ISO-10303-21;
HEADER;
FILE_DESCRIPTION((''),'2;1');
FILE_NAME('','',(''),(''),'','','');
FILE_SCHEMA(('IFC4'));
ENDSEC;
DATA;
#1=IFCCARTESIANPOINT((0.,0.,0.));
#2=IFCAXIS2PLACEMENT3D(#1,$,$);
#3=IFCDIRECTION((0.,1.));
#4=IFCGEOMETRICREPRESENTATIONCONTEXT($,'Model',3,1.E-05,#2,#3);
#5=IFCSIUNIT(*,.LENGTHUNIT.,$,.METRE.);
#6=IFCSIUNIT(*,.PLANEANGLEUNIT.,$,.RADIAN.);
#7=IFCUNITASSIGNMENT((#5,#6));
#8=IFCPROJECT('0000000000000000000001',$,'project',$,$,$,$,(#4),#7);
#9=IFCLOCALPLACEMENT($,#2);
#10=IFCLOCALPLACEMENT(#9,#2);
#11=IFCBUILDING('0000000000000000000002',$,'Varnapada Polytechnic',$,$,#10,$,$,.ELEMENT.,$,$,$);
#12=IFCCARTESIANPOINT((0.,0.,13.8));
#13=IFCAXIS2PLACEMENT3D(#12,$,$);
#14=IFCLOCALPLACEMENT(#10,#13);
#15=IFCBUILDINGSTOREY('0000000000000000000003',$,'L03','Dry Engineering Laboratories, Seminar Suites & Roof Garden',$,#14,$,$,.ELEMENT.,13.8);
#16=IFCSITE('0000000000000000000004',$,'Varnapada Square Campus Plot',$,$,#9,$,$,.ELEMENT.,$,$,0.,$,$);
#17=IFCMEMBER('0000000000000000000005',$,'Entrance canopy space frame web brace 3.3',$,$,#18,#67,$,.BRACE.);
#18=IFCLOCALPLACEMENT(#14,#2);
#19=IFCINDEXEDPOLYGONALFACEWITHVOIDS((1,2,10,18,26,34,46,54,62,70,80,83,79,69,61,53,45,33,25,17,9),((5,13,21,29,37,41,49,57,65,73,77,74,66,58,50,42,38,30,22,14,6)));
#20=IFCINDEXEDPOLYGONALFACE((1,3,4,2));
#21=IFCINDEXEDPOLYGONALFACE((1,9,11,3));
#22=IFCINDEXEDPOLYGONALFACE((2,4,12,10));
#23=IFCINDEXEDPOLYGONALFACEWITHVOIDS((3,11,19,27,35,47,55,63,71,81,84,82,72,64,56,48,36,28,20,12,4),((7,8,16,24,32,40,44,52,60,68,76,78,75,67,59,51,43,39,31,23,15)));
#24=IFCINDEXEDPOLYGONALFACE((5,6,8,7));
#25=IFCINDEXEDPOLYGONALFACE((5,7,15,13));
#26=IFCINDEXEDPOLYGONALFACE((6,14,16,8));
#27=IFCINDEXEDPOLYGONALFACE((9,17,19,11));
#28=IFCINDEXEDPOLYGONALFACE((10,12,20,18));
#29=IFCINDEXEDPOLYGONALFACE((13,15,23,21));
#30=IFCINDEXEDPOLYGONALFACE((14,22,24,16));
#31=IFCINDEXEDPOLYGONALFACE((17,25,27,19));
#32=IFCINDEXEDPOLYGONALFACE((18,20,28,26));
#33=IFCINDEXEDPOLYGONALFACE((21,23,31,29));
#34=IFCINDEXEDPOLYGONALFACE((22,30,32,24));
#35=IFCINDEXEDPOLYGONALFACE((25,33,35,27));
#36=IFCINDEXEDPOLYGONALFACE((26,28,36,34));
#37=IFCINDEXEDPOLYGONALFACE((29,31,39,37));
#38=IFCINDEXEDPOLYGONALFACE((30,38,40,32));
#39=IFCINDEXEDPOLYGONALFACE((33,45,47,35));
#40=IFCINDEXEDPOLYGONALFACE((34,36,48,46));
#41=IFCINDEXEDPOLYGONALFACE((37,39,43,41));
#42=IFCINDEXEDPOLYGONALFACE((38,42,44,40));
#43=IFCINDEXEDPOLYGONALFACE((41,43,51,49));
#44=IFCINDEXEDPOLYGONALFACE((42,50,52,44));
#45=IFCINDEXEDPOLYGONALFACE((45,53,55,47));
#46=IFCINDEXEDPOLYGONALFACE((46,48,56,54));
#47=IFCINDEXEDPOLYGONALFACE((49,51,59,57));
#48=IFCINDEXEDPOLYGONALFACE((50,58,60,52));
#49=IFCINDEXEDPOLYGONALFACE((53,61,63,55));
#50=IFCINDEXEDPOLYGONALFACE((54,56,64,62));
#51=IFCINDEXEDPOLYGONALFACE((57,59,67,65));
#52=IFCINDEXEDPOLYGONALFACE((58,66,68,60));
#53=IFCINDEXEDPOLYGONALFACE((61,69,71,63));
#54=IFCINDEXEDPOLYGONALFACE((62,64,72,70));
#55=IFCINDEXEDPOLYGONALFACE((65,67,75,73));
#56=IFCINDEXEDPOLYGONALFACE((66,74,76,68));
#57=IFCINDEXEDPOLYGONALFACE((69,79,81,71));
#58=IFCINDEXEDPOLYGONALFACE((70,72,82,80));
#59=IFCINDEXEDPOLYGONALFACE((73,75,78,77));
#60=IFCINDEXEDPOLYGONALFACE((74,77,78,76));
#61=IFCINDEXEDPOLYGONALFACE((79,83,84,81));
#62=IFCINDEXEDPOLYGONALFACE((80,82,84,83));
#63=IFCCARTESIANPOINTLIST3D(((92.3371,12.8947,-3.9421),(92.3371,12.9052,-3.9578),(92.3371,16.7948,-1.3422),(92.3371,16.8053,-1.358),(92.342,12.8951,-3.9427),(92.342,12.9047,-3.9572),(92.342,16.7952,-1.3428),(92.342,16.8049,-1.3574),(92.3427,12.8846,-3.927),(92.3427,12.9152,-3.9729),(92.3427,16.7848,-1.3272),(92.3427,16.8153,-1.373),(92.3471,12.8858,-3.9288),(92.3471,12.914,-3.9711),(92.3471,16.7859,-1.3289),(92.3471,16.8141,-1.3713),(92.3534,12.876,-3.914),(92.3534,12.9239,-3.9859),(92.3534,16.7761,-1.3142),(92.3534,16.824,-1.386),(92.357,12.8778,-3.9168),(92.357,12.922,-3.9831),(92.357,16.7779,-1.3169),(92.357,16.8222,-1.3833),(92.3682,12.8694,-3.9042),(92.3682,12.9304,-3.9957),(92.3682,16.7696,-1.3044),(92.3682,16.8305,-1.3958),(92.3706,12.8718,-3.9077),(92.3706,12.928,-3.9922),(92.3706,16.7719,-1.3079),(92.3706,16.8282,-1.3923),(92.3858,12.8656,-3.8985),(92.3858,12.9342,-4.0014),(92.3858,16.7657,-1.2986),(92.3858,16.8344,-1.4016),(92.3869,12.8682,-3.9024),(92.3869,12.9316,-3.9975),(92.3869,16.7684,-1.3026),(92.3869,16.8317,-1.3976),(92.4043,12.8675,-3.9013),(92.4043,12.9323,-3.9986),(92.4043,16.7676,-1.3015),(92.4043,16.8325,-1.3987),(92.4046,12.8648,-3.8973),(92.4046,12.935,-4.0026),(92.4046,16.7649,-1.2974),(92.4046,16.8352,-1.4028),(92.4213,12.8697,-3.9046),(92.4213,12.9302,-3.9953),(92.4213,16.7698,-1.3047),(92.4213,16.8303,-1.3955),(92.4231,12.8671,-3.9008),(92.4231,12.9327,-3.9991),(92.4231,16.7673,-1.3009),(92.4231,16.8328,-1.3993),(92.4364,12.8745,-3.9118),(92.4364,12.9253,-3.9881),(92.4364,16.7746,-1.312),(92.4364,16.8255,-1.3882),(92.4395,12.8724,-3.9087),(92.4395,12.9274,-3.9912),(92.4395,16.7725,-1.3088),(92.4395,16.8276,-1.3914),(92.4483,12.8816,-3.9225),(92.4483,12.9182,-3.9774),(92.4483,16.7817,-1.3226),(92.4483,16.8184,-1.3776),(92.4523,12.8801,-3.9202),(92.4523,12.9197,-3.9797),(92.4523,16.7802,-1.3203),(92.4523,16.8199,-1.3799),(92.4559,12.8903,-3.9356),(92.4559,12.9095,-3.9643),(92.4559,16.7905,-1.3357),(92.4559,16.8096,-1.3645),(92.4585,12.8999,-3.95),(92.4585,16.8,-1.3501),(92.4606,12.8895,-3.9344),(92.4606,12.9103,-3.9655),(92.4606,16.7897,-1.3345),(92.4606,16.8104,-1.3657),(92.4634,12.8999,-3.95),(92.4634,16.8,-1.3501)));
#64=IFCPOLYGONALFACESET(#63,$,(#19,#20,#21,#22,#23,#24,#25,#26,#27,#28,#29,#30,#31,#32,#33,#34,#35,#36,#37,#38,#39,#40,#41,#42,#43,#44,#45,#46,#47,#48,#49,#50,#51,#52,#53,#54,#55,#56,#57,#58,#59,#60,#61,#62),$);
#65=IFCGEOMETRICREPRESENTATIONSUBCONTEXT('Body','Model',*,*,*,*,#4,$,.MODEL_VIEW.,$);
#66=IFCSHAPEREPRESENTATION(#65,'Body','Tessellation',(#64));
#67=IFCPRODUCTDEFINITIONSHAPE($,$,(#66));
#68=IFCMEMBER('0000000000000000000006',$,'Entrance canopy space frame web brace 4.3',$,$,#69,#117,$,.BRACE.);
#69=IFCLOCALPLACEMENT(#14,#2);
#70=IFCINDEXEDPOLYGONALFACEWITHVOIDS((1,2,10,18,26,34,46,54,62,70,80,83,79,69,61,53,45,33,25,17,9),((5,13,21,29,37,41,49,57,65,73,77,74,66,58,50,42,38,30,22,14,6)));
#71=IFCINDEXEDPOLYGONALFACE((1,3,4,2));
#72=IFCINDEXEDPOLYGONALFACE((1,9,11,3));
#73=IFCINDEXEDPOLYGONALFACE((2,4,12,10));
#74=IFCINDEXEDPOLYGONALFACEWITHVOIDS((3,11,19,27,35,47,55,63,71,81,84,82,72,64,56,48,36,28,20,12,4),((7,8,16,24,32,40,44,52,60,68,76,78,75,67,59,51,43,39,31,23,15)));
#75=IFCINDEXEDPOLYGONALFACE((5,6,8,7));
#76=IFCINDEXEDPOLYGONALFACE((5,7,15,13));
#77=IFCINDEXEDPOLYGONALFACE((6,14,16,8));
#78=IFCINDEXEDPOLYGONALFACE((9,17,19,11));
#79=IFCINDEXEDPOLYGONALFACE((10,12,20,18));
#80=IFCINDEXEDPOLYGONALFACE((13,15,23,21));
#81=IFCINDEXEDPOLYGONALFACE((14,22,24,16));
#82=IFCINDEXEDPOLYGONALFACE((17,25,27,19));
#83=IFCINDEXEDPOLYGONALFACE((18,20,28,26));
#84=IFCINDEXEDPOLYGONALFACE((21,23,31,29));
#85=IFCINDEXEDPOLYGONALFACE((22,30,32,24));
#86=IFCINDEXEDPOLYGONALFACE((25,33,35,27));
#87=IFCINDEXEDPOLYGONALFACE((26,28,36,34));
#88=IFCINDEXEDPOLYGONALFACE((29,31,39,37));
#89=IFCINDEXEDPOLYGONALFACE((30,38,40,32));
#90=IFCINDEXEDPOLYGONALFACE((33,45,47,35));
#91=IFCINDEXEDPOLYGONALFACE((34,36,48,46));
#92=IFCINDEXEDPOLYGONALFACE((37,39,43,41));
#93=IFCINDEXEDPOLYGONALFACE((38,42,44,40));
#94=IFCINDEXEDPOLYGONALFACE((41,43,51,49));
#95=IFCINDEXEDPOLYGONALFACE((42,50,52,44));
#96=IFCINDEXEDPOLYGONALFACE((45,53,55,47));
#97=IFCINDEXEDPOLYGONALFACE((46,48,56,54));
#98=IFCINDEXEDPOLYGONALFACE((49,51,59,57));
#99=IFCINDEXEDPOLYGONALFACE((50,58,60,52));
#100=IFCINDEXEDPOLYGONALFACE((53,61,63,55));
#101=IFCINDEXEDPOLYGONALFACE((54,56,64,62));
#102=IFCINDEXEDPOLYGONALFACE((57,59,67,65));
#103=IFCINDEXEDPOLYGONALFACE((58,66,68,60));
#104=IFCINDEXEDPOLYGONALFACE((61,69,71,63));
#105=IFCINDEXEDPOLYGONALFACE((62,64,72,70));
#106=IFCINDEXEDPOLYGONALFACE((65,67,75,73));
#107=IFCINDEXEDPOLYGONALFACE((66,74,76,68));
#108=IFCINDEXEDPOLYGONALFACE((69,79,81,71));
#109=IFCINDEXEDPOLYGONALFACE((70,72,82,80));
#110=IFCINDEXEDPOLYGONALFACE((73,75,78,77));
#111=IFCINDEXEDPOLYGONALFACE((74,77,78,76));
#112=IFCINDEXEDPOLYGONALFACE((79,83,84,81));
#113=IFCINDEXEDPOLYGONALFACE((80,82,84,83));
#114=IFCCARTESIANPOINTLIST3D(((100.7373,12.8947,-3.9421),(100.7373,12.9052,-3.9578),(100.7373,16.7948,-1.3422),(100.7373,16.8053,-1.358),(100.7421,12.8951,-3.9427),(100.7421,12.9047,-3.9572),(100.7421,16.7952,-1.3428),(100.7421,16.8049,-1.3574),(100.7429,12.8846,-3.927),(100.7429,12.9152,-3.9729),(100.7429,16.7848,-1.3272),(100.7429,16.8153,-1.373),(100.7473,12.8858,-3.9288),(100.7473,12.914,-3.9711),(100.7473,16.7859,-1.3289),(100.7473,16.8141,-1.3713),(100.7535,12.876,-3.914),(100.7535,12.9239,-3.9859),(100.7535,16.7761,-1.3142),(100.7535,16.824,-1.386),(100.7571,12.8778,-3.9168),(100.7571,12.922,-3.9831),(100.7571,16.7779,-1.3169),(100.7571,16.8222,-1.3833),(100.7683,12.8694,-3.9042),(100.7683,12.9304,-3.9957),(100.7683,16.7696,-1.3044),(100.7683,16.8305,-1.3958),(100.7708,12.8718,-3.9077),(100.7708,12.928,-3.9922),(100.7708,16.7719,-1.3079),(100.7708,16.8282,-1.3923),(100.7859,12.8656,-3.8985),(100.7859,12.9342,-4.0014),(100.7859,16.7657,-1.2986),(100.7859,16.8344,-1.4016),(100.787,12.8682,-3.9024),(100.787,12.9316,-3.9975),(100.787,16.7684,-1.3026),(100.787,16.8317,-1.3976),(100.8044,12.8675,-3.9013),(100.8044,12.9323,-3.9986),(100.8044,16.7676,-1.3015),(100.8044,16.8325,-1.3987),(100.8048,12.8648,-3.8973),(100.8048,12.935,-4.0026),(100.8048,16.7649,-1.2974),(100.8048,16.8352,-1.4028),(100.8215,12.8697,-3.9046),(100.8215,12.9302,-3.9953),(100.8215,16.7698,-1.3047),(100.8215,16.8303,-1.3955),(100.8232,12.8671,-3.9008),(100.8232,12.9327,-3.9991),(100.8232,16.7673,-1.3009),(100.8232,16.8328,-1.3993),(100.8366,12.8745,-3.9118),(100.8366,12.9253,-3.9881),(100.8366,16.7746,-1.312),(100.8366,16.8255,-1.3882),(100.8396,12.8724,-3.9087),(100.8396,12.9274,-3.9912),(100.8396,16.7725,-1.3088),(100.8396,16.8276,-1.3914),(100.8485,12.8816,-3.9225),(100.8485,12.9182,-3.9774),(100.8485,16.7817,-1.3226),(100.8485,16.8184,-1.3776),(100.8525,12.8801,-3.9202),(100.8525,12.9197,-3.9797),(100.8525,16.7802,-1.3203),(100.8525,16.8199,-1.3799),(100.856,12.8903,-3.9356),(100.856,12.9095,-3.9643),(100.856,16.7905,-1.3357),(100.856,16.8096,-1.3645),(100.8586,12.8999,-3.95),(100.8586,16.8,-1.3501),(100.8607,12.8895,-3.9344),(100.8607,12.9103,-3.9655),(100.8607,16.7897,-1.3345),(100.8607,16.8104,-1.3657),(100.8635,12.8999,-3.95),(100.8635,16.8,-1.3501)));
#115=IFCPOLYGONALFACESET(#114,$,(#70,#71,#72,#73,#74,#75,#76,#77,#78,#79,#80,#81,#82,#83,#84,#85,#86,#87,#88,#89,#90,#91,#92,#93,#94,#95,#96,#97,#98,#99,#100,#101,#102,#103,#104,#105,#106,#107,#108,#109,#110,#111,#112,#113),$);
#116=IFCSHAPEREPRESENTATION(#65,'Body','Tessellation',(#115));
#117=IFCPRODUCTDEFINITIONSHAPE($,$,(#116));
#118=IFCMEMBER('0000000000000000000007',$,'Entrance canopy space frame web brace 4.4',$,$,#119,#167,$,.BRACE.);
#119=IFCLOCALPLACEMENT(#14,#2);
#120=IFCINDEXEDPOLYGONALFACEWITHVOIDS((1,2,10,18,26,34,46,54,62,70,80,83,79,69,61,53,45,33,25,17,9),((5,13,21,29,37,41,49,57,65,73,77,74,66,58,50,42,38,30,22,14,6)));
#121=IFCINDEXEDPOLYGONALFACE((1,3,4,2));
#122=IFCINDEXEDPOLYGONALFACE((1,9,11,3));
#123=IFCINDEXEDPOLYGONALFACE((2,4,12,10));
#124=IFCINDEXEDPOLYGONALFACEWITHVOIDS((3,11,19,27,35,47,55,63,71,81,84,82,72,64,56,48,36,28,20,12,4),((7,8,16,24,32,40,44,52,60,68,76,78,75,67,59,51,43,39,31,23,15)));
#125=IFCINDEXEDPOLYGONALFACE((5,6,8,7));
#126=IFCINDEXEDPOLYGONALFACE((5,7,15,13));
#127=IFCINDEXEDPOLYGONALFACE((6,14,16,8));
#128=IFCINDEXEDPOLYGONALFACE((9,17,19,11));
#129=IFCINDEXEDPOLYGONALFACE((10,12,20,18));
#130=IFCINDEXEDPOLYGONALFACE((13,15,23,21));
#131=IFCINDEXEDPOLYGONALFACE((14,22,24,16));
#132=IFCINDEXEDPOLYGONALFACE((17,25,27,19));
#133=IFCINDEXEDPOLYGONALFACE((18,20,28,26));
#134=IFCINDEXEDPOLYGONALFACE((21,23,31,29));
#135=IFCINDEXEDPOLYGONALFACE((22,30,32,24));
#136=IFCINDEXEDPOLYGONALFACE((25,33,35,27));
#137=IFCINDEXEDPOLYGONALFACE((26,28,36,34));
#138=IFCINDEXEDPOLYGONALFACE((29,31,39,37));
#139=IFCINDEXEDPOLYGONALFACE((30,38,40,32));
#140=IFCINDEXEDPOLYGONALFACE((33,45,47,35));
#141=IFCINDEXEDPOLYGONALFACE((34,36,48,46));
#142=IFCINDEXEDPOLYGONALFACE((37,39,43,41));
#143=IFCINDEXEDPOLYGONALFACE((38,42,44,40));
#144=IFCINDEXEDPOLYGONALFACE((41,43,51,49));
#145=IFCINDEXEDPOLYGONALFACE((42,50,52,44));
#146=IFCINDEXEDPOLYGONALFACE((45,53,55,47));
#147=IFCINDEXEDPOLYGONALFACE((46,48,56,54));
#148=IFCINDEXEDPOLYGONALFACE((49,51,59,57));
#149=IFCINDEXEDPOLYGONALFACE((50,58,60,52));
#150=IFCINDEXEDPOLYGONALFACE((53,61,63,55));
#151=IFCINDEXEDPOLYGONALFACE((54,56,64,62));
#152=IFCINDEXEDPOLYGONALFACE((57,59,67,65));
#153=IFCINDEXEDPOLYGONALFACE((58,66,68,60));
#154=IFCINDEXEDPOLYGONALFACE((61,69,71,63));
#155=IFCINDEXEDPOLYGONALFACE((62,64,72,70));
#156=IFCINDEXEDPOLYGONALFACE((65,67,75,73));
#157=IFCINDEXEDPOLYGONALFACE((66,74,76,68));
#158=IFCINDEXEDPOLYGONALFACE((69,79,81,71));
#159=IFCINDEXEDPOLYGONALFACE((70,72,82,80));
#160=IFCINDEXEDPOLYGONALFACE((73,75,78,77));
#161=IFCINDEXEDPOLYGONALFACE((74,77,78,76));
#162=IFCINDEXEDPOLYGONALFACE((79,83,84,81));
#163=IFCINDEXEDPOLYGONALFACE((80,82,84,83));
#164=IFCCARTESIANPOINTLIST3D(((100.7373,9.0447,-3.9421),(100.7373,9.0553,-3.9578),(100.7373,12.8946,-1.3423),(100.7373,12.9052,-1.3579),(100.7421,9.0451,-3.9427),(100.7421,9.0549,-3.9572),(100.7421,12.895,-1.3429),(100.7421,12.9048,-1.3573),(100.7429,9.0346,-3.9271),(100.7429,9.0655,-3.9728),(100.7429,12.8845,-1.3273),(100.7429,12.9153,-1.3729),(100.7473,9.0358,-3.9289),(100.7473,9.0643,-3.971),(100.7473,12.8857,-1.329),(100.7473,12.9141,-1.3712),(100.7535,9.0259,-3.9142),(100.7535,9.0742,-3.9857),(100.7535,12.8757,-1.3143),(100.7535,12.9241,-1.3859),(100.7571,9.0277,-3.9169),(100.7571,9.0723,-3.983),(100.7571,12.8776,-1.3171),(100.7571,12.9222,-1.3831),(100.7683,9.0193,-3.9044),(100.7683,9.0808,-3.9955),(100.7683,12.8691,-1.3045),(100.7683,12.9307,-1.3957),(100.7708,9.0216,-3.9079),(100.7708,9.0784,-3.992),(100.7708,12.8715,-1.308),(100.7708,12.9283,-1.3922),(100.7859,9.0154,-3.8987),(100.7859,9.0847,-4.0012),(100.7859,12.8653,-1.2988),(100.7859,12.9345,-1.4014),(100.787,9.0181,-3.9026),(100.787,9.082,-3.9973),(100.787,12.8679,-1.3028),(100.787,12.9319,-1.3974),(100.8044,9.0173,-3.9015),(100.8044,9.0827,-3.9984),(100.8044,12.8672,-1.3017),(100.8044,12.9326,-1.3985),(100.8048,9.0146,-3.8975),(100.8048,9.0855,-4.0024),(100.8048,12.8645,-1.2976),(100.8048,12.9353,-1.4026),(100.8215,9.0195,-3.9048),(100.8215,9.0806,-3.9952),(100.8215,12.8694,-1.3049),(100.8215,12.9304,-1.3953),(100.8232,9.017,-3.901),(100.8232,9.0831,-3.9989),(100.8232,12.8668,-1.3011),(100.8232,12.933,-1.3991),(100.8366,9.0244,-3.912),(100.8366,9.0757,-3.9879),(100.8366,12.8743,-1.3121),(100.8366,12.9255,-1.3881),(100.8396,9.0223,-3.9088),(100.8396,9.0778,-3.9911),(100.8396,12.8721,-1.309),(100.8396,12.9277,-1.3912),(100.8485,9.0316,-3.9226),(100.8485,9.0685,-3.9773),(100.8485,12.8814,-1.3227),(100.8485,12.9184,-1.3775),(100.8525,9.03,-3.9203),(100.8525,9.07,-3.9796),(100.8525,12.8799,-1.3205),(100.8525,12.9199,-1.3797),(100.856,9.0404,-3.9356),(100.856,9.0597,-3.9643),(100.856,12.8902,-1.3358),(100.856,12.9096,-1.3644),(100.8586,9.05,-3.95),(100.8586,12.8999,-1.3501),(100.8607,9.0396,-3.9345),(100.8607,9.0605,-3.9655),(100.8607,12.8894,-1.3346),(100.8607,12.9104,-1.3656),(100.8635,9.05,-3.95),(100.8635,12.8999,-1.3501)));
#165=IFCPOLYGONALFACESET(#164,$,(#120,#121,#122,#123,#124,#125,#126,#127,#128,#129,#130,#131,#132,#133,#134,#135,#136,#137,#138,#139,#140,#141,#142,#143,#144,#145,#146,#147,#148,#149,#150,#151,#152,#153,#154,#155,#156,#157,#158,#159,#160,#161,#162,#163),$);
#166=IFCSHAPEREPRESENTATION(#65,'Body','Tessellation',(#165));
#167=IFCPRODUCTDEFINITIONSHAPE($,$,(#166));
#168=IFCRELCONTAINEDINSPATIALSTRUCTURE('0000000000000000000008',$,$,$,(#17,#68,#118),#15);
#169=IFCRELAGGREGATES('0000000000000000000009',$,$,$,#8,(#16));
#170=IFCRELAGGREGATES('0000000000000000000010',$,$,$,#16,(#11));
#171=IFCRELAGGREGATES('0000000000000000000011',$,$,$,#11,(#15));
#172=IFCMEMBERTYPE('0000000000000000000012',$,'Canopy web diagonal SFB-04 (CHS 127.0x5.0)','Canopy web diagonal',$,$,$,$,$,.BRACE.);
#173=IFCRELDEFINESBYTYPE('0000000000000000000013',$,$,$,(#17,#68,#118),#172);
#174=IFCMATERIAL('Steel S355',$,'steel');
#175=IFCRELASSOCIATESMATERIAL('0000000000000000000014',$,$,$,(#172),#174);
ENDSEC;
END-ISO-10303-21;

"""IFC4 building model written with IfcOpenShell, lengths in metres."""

from ifc_helpers import new_model, si_unit, direction, frame, origin, origin_2d, place, context, subcontext, project, spatial, hollow_circle, extrude, material, material_profile, profile_set, type_object, element, save


model = new_model("IFC4")

# Units and contexts
model_context = context("Model", 3, precision=1e-05, world=origin(), true_north=direction((0.0, 1.0)))
body_context = subcontext(model_context, "Body", "Model", "MODEL_VIEW")
ifc_project = project(units=[si_unit("LENGTHUNIT", "METRE"), si_unit("PLANEANGLEUNIT", "RADIAN")], contexts=[model_context])

# Site, building, storey
site_placement = place(None, origin())
site = spatial("IfcSite", under=ifc_project, at=site_placement, Name="Varnapada Square Campus Plot", CompositionType="ELEMENT", RefElevation=0.0)
building_placement = place(site_placement, origin())
building = spatial("IfcBuilding", under=site, at=building_placement, Name="Varnapada Polytechnic", CompositionType="ELEMENT")
storey_placement = place(building_placement, frame((0.0, 0.0, 13.8)))
storey = spatial("IfcBuildingStorey", under=building, at=storey_placement, Name="L03", Description="Dry Engineering Laboratories, Seminar Suites & Roof Garden", CompositionType="ELEMENT", Elevation=13.8)

# Members
ifc_material = material(Name="Steel S355", Category="steel")
ifc_material_profile_1 = material_profile(ifc_material, hollow_circle(Radius=0.0635, WallThickness=0.0049, at=origin_2d()), Name="CHS 127.0x5.0")
ifc_profile_set_1 = profile_set([ifc_material_profile_1], Name="Steel S355")
member_type_1 = type_object("IfcMemberType", Name="Canopy web diagonal SFB-04 (CHS 127.0x5.0)", Description="Canopy web diagonal", PredefinedType="BRACE", material=ifc_profile_set_1)
for number, where, z_axis, x_axis, name in (
    (1, (92.3999, 16.8, -1.3501), (0.0, -0.832074, -0.554664), (1.0, 0.0, 0.0), "Entrance canopy space frame web brace 3.3"),
    (2, (100.8, 16.8, -1.3501), (0.0, -0.832074, -0.554664), (1.0, 0.0, 0.0), "Entrance canopy space frame web brace 4.3"),
):
    element("IfcMember", number, at=place(storey_placement, frame(where, z_axis=z_axis, x_axis=x_axis)), inside=storey, type_object=member_type_1, Name=name, PredefinedType="BRACE", context=body_context, shape_type="SweptSolid", body=[
        extrude(hollow_circle(Radius=0.0635, WallThickness=0.0049, at=origin_2d()), origin(), (0.0, 0.0, 1.0), 4.6873),
    ])
member_1_placement = place(storey_placement, frame((100.8, 12.8999, -1.3501), z_axis=(0.0, -0.828729, -0.559651), x_axis=(1.0, 0.0, 0.0)))
element("IfcMember", 3, at=member_1_placement, inside=storey, type_object=member_type_1, Name="Entrance canopy space frame web brace 4.4", PredefinedType="BRACE", context=body_context, shape_type="SweptSolid", body=[
    extrude(hollow_circle(Radius=0.0635, WallThickness=0.0049, at=origin_2d()), origin(), (0.0, 0.0, 1.0), 4.6455),
])

save(model, "model.ifc")
